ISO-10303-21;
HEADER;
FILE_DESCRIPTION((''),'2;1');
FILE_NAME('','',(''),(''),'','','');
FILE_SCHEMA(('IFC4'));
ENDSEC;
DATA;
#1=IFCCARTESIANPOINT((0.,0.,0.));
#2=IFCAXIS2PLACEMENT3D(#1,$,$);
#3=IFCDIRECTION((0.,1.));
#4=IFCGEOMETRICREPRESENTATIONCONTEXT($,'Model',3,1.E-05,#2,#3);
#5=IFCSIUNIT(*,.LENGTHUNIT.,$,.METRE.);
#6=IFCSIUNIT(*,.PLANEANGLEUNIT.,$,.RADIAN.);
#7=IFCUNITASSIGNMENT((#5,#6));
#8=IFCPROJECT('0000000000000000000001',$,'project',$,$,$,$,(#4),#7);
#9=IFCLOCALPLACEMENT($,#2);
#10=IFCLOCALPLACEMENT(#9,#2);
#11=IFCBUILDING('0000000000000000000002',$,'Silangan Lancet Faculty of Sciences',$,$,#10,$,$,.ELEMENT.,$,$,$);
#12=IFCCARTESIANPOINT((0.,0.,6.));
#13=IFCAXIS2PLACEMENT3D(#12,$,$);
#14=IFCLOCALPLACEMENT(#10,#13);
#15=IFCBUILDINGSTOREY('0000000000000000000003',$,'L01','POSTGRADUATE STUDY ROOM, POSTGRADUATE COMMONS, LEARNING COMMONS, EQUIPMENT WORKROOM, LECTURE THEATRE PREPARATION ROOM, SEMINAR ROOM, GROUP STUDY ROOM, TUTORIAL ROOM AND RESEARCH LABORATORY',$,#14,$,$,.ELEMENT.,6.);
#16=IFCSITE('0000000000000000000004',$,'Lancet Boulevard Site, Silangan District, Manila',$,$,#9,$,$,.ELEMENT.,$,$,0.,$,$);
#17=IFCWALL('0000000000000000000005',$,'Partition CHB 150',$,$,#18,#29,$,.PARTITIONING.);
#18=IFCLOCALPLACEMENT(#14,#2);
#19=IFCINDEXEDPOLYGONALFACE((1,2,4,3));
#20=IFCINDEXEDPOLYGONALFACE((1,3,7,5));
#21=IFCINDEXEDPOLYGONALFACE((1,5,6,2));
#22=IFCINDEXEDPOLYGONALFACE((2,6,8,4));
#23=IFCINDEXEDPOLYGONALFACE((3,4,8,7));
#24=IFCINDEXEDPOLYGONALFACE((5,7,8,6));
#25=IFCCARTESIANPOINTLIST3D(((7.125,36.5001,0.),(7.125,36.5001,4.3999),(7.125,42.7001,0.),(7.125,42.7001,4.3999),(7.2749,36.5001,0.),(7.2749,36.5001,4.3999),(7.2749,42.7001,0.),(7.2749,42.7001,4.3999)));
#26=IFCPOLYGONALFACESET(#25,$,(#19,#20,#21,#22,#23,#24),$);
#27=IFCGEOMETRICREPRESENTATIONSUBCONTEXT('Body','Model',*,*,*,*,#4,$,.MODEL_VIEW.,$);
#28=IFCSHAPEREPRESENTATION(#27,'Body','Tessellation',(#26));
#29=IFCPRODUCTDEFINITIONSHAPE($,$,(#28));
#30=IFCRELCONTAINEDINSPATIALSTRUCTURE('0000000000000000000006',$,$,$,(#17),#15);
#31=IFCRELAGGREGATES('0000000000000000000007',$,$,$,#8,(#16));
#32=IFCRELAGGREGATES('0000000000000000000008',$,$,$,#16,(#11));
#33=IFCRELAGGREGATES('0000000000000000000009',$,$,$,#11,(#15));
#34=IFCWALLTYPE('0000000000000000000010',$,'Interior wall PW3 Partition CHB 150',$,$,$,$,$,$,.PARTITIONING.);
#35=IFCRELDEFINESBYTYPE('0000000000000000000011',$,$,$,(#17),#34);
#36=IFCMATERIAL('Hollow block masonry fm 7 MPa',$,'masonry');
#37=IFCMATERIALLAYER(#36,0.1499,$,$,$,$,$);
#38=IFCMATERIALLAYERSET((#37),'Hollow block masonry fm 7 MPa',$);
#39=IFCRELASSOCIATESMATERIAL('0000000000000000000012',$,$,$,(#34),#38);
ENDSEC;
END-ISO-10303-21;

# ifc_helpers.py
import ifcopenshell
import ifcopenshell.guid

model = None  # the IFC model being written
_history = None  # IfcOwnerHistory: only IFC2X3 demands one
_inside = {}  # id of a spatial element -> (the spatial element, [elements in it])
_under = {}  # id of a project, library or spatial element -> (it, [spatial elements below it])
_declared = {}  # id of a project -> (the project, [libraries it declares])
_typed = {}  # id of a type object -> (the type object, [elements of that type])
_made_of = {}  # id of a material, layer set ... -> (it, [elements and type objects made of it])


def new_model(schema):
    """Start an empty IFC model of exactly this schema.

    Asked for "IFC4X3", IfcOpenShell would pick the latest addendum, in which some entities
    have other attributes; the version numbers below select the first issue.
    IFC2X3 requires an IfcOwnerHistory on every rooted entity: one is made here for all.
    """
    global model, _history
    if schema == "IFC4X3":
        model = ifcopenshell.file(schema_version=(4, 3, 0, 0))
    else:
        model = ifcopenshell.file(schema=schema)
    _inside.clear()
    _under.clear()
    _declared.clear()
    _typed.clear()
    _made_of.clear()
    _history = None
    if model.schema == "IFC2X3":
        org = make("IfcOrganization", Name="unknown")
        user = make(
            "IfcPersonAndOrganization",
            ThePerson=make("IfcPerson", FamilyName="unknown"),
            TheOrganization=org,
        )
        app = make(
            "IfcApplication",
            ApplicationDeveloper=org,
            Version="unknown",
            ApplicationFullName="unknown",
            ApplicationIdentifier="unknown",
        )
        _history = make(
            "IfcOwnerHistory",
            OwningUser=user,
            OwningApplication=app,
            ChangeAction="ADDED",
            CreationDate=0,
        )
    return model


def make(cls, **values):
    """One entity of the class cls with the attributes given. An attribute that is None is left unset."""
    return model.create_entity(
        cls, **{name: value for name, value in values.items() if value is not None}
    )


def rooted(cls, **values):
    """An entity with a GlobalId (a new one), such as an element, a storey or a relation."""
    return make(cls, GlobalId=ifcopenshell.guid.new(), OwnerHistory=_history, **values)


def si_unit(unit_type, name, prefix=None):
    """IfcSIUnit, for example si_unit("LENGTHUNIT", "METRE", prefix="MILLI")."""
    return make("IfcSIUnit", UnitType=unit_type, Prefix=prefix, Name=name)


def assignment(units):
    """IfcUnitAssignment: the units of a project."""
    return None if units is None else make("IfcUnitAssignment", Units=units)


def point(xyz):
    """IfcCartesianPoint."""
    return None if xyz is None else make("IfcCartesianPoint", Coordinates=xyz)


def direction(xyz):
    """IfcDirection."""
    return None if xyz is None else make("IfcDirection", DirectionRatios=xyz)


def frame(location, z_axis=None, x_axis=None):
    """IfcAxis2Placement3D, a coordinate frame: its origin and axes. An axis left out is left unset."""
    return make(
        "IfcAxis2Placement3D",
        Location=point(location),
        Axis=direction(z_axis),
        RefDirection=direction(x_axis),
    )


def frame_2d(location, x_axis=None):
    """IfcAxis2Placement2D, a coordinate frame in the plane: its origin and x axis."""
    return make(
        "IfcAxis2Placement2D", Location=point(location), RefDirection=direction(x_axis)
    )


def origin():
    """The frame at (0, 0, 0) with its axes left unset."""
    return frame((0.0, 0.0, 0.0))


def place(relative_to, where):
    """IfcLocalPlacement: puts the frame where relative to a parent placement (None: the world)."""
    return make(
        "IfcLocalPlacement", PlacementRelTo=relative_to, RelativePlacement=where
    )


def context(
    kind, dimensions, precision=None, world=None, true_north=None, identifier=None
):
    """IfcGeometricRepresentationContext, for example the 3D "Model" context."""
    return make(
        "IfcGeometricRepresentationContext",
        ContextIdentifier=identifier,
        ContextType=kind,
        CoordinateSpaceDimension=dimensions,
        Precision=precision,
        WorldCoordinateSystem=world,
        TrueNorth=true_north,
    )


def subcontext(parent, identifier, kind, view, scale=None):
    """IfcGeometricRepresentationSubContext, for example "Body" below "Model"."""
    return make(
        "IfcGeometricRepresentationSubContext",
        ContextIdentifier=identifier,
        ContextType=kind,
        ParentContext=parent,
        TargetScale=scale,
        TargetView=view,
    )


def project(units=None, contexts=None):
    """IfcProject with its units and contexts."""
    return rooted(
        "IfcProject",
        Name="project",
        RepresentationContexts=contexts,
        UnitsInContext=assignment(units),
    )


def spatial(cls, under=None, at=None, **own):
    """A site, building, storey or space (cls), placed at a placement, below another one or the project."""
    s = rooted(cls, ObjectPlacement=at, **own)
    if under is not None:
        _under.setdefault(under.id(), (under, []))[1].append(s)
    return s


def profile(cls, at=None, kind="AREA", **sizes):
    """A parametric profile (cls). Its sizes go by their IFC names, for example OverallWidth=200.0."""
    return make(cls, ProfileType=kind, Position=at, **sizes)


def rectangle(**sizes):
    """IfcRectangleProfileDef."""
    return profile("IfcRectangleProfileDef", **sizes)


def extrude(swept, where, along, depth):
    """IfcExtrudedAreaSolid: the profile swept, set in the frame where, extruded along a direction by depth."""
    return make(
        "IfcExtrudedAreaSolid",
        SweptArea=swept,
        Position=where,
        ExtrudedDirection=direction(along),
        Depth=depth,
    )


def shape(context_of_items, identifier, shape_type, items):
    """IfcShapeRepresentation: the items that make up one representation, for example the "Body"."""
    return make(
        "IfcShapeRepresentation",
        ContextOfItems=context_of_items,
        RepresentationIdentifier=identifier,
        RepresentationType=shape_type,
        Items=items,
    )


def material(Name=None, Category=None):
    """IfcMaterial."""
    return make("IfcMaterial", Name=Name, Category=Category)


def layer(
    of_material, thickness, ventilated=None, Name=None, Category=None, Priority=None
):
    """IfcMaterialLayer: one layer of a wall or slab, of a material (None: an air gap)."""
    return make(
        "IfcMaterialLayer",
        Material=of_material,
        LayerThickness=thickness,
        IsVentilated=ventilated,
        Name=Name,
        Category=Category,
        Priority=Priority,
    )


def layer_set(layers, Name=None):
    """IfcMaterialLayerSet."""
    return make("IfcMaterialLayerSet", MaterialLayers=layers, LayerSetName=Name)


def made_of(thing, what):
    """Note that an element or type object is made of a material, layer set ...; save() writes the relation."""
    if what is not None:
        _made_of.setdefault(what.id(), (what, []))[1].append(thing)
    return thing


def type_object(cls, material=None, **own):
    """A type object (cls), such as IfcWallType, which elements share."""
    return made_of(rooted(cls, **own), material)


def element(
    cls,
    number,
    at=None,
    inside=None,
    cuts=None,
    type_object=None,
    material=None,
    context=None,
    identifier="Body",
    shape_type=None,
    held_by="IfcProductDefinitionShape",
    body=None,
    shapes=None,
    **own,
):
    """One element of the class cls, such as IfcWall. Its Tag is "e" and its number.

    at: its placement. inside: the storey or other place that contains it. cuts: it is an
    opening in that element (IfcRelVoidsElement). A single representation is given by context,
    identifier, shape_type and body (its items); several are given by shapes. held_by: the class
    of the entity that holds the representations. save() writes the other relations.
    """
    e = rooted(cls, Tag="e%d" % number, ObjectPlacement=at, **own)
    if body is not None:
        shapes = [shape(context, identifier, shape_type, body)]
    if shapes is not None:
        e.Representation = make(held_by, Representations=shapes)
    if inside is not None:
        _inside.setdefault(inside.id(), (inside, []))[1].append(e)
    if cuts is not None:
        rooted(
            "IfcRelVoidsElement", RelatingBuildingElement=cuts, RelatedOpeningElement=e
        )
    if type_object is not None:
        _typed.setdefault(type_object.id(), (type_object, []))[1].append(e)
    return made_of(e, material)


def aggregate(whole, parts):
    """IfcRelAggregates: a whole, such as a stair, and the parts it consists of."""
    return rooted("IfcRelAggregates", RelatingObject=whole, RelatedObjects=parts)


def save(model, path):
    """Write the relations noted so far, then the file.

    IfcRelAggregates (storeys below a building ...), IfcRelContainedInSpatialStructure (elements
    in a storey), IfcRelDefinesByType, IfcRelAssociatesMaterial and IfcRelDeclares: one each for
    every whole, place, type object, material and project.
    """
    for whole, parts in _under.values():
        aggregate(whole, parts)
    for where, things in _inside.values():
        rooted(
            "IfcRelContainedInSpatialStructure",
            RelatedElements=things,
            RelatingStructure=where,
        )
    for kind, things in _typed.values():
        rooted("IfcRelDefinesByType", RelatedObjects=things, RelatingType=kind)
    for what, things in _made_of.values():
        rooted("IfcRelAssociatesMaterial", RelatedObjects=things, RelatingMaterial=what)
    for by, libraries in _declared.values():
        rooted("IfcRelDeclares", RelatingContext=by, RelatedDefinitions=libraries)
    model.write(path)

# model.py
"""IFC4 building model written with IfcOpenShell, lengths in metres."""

from ifc_helpers import new_model, si_unit, direction, frame, frame_2d, origin, place, context, subcontext, project, spatial, rectangle, extrude, material, layer, layer_set, type_object, element, save


model = new_model("IFC4")

# Units and contexts
model_context = context("Model", 3, precision=1e-05, world=origin(), true_north=direction((0.0, 1.0)))
body_context = subcontext(model_context, "Body", "Model", "MODEL_VIEW")
ifc_project = project(units=[si_unit("LENGTHUNIT", "METRE"), si_unit("PLANEANGLEUNIT", "RADIAN")], contexts=[model_context])

# Site, building, storey
site_placement = place(None, origin())
site = spatial("IfcSite", under=ifc_project, at=site_placement, Name="Lancet Boulevard Site, Silangan District, Manila", CompositionType="ELEMENT", RefElevation=0.0)
building_placement = place(site_placement, origin())
building = spatial("IfcBuilding", under=site, at=building_placement, Name="Silangan Lancet Faculty of Sciences", CompositionType="ELEMENT")
storey_placement = place(building_placement, frame((0.0, 0.0, 6.0)))
storey = spatial("IfcBuildingStorey", under=building, at=storey_placement, Name="L01", Description="POSTGRADUATE STUDY ROOM, POSTGRADUATE COMMONS, LEARNING COMMONS, EQUIPMENT WORKROOM, LECTURE THEATRE PREPARATION ROOM, SEMINAR ROOM, GROUP STUDY ROOM, TUTORIAL ROOM AND RESEARCH LABORATORY", CompositionType="ELEMENT", Elevation=6.0)

# Wall
ifc_material_1 = material(Name="Hollow block masonry fm 7 MPa", Category="masonry")
ifc_layer_1 = layer(ifc_material_1, 0.1499)
ifc_layer_set_1 = layer_set([ifc_layer_1], Name="Hollow block masonry fm 7 MPa")
wall_type = type_object("IfcWallType", Name="Interior wall PW3 Partition CHB 150", PredefinedType="PARTITIONING", material=ifc_layer_set_1)
wall_placement = place(storey_placement, frame((7.2, 36.5, 0.0), z_axis=(0.0, 0.0, 1.0), x_axis=(0.0, 1.0, 0.0)))
element("IfcWall", 1, at=wall_placement, inside=storey, type_object=wall_type, Name="Partition CHB 150", PredefinedType="PARTITIONING", context=body_context, shape_type="SweptSolid", body=[
    extrude(rectangle(XDim=6.2, YDim=0.1499, at=frame_2d((3.1001, 0.0))), origin(), (0.0, 0.0, 1.0), 4.3999),
])

save(model, "model.ifc")
